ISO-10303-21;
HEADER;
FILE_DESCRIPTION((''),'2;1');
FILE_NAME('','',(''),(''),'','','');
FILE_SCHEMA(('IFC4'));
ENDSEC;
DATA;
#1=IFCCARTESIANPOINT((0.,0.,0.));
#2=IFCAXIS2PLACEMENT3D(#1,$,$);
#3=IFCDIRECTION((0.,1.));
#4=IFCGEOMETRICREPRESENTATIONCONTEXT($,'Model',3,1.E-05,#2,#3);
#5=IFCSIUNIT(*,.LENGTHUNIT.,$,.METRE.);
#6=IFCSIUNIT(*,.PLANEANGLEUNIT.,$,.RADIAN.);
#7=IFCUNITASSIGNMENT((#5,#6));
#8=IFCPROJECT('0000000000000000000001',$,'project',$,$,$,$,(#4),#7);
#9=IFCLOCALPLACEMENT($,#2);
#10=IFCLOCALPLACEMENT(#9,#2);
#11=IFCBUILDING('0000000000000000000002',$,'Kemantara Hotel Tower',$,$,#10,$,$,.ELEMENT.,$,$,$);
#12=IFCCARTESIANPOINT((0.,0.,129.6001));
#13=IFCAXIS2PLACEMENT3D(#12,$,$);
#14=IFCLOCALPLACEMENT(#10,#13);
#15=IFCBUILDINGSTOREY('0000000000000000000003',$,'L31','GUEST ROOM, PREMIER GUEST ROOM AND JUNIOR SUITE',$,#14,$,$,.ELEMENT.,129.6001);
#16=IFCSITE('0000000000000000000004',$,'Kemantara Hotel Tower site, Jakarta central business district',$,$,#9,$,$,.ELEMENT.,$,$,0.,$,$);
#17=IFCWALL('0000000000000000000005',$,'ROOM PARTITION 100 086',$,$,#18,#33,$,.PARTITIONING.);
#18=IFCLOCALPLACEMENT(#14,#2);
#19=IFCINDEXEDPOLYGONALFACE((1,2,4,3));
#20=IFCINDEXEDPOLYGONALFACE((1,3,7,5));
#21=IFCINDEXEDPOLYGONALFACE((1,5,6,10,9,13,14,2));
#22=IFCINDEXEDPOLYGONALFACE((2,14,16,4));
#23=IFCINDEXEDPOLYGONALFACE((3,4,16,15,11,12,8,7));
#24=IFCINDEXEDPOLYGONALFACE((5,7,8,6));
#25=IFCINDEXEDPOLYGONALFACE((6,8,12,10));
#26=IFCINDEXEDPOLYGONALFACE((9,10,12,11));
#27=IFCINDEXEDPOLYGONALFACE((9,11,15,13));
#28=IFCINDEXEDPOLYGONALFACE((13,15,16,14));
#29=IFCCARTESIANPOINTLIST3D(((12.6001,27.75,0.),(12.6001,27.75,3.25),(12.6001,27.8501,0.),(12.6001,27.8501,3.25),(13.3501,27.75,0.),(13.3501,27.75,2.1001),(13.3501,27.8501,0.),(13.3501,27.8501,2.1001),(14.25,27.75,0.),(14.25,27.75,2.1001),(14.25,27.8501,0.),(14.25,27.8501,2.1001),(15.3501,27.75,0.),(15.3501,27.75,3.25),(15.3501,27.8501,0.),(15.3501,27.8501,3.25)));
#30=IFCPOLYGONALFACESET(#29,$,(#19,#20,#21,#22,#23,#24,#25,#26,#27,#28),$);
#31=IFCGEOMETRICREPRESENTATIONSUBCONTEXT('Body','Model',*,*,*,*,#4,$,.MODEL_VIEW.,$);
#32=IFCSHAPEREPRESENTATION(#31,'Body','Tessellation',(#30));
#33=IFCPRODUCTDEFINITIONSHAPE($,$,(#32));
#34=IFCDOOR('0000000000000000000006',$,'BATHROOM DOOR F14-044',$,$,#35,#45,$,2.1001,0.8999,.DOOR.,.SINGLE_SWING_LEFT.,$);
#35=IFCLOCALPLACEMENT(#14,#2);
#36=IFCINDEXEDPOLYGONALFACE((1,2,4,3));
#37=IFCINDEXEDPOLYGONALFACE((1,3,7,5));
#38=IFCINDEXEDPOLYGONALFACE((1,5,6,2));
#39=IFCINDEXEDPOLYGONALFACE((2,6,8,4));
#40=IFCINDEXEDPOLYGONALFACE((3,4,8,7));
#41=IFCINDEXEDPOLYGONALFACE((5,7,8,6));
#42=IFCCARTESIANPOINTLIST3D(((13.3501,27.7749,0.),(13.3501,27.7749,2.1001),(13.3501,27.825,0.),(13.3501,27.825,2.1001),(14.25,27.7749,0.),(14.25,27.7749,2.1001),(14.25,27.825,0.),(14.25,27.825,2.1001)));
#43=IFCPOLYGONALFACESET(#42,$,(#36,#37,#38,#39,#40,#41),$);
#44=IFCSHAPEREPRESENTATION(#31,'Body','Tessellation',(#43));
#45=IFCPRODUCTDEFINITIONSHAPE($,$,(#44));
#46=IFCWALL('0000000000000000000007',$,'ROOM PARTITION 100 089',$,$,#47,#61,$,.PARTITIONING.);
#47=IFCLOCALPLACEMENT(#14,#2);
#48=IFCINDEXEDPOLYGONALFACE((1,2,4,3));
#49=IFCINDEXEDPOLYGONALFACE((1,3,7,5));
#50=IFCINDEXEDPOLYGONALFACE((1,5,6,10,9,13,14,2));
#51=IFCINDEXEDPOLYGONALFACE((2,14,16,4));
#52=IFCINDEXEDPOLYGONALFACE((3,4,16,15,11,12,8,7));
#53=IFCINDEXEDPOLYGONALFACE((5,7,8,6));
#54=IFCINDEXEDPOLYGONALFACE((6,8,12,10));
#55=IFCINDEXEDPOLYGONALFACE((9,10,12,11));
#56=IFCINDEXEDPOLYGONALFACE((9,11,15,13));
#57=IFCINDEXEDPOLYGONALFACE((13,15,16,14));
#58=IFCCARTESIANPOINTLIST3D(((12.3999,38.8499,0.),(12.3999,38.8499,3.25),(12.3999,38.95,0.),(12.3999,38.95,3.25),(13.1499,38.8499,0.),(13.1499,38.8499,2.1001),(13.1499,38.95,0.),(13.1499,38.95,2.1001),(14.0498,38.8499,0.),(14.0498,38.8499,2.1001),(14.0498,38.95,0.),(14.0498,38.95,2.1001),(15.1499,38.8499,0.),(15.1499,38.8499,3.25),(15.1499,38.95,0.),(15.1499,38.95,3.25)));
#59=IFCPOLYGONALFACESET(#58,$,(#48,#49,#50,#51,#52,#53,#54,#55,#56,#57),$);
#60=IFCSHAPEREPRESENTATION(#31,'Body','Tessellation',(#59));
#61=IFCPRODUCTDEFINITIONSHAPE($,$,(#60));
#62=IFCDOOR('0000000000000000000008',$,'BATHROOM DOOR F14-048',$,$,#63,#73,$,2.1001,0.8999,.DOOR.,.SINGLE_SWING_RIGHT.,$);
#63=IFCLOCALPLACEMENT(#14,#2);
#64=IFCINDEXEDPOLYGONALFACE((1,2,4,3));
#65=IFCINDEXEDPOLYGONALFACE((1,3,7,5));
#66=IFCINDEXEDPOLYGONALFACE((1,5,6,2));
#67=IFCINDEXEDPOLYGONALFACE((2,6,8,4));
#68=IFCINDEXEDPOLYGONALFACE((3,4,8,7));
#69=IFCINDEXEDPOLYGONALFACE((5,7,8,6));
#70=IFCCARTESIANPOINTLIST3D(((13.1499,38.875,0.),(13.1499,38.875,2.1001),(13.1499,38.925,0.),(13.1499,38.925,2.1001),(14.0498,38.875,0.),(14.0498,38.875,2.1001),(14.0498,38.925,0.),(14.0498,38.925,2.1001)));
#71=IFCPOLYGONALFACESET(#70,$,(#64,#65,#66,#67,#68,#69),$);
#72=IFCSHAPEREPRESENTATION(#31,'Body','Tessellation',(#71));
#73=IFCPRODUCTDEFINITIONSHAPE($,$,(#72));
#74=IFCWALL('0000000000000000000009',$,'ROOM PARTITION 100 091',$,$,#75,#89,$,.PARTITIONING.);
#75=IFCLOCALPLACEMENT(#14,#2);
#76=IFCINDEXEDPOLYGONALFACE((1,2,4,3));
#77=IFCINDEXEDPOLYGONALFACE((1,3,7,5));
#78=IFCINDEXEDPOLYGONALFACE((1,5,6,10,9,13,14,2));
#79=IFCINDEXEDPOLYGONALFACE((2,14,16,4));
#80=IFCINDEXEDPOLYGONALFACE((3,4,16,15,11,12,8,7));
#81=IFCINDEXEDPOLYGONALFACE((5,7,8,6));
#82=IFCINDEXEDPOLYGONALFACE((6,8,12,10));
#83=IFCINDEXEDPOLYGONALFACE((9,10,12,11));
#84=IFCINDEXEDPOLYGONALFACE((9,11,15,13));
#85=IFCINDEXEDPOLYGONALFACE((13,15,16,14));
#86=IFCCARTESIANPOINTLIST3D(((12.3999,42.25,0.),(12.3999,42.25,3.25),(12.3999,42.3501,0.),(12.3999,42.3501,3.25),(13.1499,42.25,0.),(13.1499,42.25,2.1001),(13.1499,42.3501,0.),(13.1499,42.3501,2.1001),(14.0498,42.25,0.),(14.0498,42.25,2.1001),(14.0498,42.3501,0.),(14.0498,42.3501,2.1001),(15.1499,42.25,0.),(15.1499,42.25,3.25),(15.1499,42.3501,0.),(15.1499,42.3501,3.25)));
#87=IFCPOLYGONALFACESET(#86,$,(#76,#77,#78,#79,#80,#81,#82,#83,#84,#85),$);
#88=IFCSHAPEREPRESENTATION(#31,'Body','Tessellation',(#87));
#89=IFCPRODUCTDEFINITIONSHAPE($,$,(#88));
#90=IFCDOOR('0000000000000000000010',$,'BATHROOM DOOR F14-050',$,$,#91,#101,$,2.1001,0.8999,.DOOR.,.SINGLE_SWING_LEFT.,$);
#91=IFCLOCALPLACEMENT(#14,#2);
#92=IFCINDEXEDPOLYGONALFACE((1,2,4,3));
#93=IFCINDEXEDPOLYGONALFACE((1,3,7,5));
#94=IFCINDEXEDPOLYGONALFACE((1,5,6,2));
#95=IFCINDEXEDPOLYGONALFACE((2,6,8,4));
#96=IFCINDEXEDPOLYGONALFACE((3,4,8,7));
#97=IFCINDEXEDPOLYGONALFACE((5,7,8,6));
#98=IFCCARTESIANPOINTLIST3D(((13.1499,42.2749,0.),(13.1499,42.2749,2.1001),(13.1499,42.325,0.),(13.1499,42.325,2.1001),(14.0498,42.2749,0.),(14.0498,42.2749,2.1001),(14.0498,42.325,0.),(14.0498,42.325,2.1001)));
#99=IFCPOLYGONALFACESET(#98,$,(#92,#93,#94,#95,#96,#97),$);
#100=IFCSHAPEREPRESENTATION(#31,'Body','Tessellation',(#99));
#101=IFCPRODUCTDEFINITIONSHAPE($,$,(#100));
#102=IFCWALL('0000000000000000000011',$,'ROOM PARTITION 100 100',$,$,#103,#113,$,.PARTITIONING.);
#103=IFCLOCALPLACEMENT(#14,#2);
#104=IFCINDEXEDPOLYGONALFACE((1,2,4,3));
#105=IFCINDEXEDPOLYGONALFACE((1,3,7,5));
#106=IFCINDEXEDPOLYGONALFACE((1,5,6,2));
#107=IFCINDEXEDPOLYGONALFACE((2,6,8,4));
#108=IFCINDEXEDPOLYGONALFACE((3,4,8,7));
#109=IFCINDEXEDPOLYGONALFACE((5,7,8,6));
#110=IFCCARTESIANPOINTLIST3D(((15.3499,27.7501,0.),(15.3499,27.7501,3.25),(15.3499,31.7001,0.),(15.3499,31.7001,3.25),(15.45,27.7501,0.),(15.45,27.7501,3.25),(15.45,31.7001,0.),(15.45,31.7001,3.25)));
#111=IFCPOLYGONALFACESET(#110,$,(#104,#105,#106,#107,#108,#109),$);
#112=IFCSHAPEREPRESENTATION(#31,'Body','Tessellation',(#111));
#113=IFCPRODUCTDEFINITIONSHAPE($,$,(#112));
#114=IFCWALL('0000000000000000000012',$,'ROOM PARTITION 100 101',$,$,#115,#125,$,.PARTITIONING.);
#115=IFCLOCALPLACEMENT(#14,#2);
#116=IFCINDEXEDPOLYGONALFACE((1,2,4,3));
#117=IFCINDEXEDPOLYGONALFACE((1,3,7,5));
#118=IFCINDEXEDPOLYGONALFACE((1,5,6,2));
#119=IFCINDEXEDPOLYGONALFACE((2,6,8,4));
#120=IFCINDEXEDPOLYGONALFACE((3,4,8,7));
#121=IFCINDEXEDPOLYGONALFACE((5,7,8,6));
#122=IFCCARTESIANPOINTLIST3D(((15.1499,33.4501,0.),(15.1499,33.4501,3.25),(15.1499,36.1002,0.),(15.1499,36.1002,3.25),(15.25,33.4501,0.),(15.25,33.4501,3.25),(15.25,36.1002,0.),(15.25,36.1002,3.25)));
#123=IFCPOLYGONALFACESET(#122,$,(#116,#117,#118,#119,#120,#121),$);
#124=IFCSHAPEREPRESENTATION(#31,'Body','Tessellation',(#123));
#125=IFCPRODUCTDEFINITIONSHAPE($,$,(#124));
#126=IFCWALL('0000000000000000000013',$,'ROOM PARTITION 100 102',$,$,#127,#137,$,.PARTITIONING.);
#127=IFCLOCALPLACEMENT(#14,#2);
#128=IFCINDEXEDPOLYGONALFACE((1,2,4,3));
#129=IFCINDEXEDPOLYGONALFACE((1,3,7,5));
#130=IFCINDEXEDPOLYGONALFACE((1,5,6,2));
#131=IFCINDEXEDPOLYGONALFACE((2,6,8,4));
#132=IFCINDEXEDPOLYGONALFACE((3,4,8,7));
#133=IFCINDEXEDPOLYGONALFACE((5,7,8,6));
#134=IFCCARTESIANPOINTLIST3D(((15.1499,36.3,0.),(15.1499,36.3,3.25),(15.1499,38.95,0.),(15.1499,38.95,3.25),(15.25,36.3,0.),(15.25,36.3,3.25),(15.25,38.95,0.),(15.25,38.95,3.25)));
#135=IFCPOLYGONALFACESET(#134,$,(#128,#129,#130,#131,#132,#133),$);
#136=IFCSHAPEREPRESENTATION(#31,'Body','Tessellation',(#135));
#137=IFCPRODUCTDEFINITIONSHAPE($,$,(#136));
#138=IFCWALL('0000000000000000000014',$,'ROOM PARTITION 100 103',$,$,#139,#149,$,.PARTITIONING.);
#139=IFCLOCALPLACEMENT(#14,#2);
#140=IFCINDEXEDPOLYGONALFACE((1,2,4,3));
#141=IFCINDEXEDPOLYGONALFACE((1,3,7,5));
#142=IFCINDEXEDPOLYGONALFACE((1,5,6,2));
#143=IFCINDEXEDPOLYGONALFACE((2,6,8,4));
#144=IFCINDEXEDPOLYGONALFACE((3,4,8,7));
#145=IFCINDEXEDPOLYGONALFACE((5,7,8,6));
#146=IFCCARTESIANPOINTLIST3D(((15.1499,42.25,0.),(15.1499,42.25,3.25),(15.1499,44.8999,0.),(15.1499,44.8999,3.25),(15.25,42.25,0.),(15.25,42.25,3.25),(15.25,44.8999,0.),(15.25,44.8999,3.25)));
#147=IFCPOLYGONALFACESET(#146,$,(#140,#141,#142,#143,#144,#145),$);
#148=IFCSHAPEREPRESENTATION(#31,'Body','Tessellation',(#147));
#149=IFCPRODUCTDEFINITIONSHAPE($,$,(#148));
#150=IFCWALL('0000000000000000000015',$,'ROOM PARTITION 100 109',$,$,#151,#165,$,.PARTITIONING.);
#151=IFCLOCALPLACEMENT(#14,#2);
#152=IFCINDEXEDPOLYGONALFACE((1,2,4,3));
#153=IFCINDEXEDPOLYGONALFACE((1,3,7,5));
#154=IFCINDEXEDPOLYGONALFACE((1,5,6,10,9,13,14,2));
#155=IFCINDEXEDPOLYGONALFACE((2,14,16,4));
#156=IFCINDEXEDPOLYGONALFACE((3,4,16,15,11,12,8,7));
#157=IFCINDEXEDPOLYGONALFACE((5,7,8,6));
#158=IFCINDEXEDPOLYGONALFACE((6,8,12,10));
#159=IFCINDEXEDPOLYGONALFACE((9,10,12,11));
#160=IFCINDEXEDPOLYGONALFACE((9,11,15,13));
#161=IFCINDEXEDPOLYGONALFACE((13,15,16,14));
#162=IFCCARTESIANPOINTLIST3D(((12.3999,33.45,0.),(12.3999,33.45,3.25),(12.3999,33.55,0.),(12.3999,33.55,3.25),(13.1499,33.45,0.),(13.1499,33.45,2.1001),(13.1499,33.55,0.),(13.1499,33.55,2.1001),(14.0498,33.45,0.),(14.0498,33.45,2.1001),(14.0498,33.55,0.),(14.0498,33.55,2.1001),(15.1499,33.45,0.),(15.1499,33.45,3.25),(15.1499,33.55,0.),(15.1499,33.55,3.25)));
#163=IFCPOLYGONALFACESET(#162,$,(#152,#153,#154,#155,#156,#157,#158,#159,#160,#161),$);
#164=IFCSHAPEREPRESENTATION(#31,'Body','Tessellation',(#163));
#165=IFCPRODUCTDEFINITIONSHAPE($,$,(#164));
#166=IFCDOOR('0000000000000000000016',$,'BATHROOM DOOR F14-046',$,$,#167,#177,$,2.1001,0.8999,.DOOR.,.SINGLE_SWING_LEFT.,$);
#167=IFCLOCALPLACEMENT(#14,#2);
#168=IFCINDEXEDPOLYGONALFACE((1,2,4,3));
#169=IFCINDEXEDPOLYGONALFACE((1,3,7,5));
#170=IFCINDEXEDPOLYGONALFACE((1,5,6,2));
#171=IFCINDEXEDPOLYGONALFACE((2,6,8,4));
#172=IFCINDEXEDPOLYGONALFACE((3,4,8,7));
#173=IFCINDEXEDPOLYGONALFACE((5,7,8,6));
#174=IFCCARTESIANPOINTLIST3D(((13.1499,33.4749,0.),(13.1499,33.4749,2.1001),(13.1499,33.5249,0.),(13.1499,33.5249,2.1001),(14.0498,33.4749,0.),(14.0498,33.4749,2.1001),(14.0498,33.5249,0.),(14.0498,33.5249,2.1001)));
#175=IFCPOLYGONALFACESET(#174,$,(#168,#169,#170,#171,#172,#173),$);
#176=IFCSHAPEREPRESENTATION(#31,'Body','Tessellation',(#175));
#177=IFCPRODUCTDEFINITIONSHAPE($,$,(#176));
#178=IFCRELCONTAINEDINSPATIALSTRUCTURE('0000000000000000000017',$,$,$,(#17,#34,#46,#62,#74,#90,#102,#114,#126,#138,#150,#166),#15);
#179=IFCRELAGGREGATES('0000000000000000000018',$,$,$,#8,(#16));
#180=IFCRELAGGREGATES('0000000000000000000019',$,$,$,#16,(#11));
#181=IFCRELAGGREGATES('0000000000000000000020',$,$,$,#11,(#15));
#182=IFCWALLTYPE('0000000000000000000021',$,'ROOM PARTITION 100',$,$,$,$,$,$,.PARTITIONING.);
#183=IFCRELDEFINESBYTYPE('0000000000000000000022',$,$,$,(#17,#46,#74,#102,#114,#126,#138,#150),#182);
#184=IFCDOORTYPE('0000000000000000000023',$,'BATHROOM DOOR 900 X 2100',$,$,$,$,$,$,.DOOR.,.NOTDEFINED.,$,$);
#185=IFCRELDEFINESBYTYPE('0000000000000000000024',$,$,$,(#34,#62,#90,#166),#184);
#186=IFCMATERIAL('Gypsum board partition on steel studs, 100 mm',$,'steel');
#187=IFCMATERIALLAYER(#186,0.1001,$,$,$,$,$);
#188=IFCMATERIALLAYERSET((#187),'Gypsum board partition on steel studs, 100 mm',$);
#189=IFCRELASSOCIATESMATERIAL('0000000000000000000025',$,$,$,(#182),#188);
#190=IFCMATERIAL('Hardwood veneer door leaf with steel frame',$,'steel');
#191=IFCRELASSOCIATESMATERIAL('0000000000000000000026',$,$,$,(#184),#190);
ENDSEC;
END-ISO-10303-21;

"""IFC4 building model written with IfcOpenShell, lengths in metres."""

from ifc_helpers import new_model, si_unit, direction, frame, frame_2d, origin, place, context, subcontext, project, spatial, rectangle, extrude, material, layer, layer_set, type_object, element, fill, save


model = new_model("IFC4")

# Units and contexts
model_context = context("Model", 3, precision=1e-05, world=origin(), true_north=direction((0.0, 1.0)))
body_context = subcontext(model_context, "Body", "Model", "MODEL_VIEW")
ifc_project = project(units=[si_unit("LENGTHUNIT", "METRE"), si_unit("PLANEANGLEUNIT", "RADIAN")], contexts=[model_context])

# Site, building, storey
site_placement = place(None, origin())
site = spatial("IfcSite", under=ifc_project, at=site_placement, Name="Kemantara Hotel Tower site, Jakarta central business district", CompositionType="ELEMENT", RefElevation=0.0)
building_placement = place(site_placement, origin())
building = spatial("IfcBuilding", under=site, at=building_placement, Name="Kemantara Hotel Tower", CompositionType="ELEMENT")
storey_placement = place(building_placement, frame((0.0, 0.0, 129.6001)))
storey = spatial("IfcBuildingStorey", under=building, at=storey_placement, Name="L31", Description="GUEST ROOM, PREMIER GUEST ROOM AND JUNIOR SUITE", CompositionType="ELEMENT", Elevation=129.6001)

# Walls, openings, doors
ifc_material_1 = material(Name="Gypsum board partition on steel studs, 100 mm", Category="steel")
ifc_layer_1 = layer(ifc_material_1, 0.1001)
ifc_layer_set_1 = layer_set([ifc_layer_1], Name="Gypsum board partition on steel studs, 100 mm")
wall_type_1 = type_object("IfcWallType", Name="ROOM PARTITION 100", PredefinedType="PARTITIONING", material=ifc_layer_set_1)
wall_1_placement = place(storey_placement, frame((12.6001, 27.8, 0.0), z_axis=(0.0, 0.0, 1.0), x_axis=(1.0, 0.0, 0.0)))
wall_1 = element("IfcWall", 1, at=wall_1_placement, inside=storey, type_object=wall_type_1, Name="ROOM PARTITION 100 086", PredefinedType="PARTITIONING", context=body_context, shape_type="SweptSolid", body=[
    extrude(rectangle(XDim=2.75, YDim=0.1001, at=frame_2d((1.375, 0.0))), origin(), (0.0, 0.0, 1.0), 3.25),
])
opening_1_placement = place(wall_1_placement, frame((0.75, 0.0, 0.0)))
opening_1 = element("IfcOpeningElement", 2, at=opening_1_placement, cuts=wall_1, PredefinedType="OPENING", context=body_context, shape_type="SweptSolid", body=[
    extrude(rectangle(XDim=0.8999, YDim=2.1001, at=frame_2d((0.45, 1.05))), frame((0.0, 0.0601, 0.0), z_axis=(0.0, -1.0, 0.0), x_axis=(1.0, 0.0, 0.0)), (0.0, 0.0, 1.0), 0.1201),
])
ifc_material_2 = material(Name="Hardwood veneer door leaf with steel frame", Category="steel")
door_type = type_object("IfcDoorType", Name="BATHROOM DOOR 900 X 2100", OperationType="NOTDEFINED", PredefinedType="DOOR", material=ifc_material_2)
door_1_placement = place(opening_1_placement, origin())
door_1 = element("IfcDoor", 3, at=door_1_placement, inside=storey, type_object=door_type, Name="BATHROOM DOOR F14-044", OperationType="SINGLE_SWING_LEFT", OverallHeight=2.1001, OverallWidth=0.8999, PredefinedType="DOOR", context=body_context, shape_type="SweptSolid", body=[
    extrude(rectangle(XDim=0.8999, YDim=2.1001, at=frame_2d((0.45, 1.05))), frame((0.0, 0.0249, 0.0), z_axis=(0.0, -1.0, 0.0), x_axis=(1.0, 0.0, 0.0)), (0.0, 0.0, 1.0), 0.05),
])
fill(opening_1, door_1)
wall_2_placement = place(storey_placement, frame((15.1499, 38.8999, 0.0), z_axis=(0.0, 0.0, 1.0), x_axis=(-1.0, 0.0, 0.0)))
wall_2 = element("IfcWall", 4, at=wall_2_placement, inside=storey, type_object=wall_type_1, Name="ROOM PARTITION 100 089", PredefinedType="PARTITIONING", context=body_context, shape_type="SweptSolid", body=[
    extrude(rectangle(XDim=2.75, YDim=0.1001, at=frame_2d((1.375, 0.0))), origin(), (0.0, 0.0, 1.0), 3.25),
])
opening_2_placement = place(wall_2_placement, frame((1.1001, 0.0, 0.0)))
opening_2 = element("IfcOpeningElement", 5, at=opening_2_placement, cuts=wall_2, PredefinedType="OPENING", context=body_context, shape_type="SweptSolid", body=[
    extrude(rectangle(XDim=0.8999, YDim=2.1001, at=frame_2d((0.45, 1.05))), frame((0.0, 0.0601, 0.0), z_axis=(0.0, -1.0, 0.0), x_axis=(1.0, 0.0, 0.0)), (0.0, 0.0, 1.0), 0.1201),
])
door_2_placement = place(opening_2_placement, origin())
door_2 = element("IfcDoor", 6, at=door_2_placement, inside=storey, type_object=door_type, Name="BATHROOM DOOR F14-048", OperationType="SINGLE_SWING_RIGHT", OverallHeight=2.1001, OverallWidth=0.8999, PredefinedType="DOOR", context=body_context, shape_type="SweptSolid", body=[
    extrude(rectangle(XDim=0.8999, YDim=2.1001, at=frame_2d((0.45, 1.05))), frame((0.0, 0.0249, 0.0), z_axis=(0.0, -1.0, 0.0), x_axis=(1.0, 0.0, 0.0)), (0.0, 0.0, 1.0), 0.05),
])
fill(opening_2, door_2)
wall_3_placement = place(storey_placement, frame((12.3999, 42.3, 0.0), z_axis=(0.0, 0.0, 1.0), x_axis=(1.0, 0.0, 0.0)))
wall_3 = element("IfcWall", 7, at=wall_3_placement, inside=storey, type_object=wall_type_1, Name="ROOM PARTITION 100 091", PredefinedType="PARTITIONING", context=body_context, shape_type="SweptSolid", body=[
    extrude(rectangle(XDim=2.75, YDim=0.1001, at=frame_2d((1.375, 0.0))), origin(), (0.0, 0.0, 1.0), 3.25),
])
opening_3_placement = place(wall_3_placement, frame((0.75, 0.0, 0.0)))
opening_3 = element("IfcOpeningElement", 8, at=opening_3_placement, cuts=wall_3, PredefinedType="OPENING", context=body_context, shape_type="SweptSolid", body=[
    extrude(rectangle(XDim=0.8999, YDim=2.1001, at=frame_2d((0.45, 1.05))), frame((0.0, 0.0601, 0.0), z_axis=(0.0, -1.0, 0.0), x_axis=(1.0, 0.0, 0.0)), (0.0, 0.0, 1.0), 0.1201),
])
door_3_placement = place(opening_3_placement, origin())
door_3 = element("IfcDoor", 9, at=door_3_placement, inside=storey, type_object=door_type, Name="BATHROOM DOOR F14-050", OperationType="SINGLE_SWING_LEFT", OverallHeight=2.1001, OverallWidth=0.8999, PredefinedType="DOOR", context=body_context, shape_type="SweptSolid", body=[
    extrude(rectangle(XDim=0.8999, YDim=2.1001, at=frame_2d((0.45, 1.05))), frame((0.0, 0.0249, 0.0), z_axis=(0.0, -1.0, 0.0), x_axis=(1.0, 0.0, 0.0)), (0.0, 0.0, 1.0), 0.05),
])
fill(opening_3, door_3)

# Walls
wall_4_placement = place(storey_placement, frame((15.3999, 27.75, 0.0), z_axis=(0.0, 0.0, 1.0), x_axis=(0.0, 1.0, 0.0)))
element("IfcWall", 10, at=wall_4_placement, inside=storey, type_object=wall_type_1, Name="ROOM PARTITION 100 100", PredefinedType="PARTITIONING", context=body_context, shape_type="SweptSolid", body=[
    extrude(rectangle(XDim=3.95, YDim=0.1001, at=frame_2d((1.9751, 0.0))), origin(), (0.0, 0.0, 1.0), 3.25),
])
wall_5_placement = place(storey_placement, frame((15.2, 33.45, 0.0), z_axis=(0.0, 0.0, 1.0), x_axis=(0.0, 1.0, 0.0)))
element("IfcWall", 11, at=wall_5_placement, inside=storey, type_object=wall_type_1, Name="ROOM PARTITION 100 101", PredefinedType="PARTITIONING", context=body_context, shape_type="SweptSolid", body=[
    extrude(rectangle(XDim=2.6501, YDim=0.1001, at=frame_2d((1.3252, 0.0))), origin(), (0.0, 0.0, 1.0), 3.25),
])
for number, where, z_axis, x_axis, name in (
    (12, (15.2, 36.3, 0.0), (0.0, 0.0, 1.0), (0.0, 1.0, 0.0), "ROOM PARTITION 100 102"),
    (13, (15.2, 42.25, 0.0), (0.0, 0.0, 1.0), (0.0, 1.0, 0.0), "ROOM PARTITION 100 103"),
):
    element("IfcWall", number, at=place(storey_placement, frame(where, z_axis=z_axis, x_axis=x_axis)), inside=storey, type_object=wall_type_1, Name=name, PredefinedType="PARTITIONING", context=body_context, shape_type="SweptSolid", body=[
        extrude(rectangle(XDim=2.6499, YDim=0.1001, at=frame_2d((1.325, 0.0))), origin(), (0.0, 0.0, 1.0), 3.25),
    ])

# Wall, opening, door
wall_6_placement = place(storey_placement, frame((12.3999, 33.5, 0.0), z_axis=(0.0, 0.0, 1.0), x_axis=(1.0, 0.0, 0.0)))
wall_6 = element("IfcWall", 14, at=wall_6_placement, inside=storey, type_object=wall_type_1, Name="ROOM PARTITION 100 109", PredefinedType="PARTITIONING", context=body_context, shape_type="SweptSolid", body=[
    extrude(rectangle(XDim=2.75, YDim=0.1001, at=frame_2d((1.375, 0.0))), origin(), (0.0, 0.0, 1.0), 3.25),
])
opening_4_placement = place(wall_6_placement, frame((0.75, 0.0, 0.0)))
opening_4 = element("IfcOpeningElement", 15, at=opening_4_placement, cuts=wall_6, PredefinedType="OPENING", context=body_context, shape_type="SweptSolid", body=[
    extrude(rectangle(XDim=0.8999, YDim=2.1001, at=frame_2d((0.45, 1.05))), frame((0.0, 0.0601, 0.0), z_axis=(0.0, -1.0, 0.0), x_axis=(1.0, 0.0, 0.0)), (0.0, 0.0, 1.0), 0.1201),
])
door_4_placement = place(opening_4_placement, origin())
door_4 = element("IfcDoor", 16, at=door_4_placement, inside=storey, type_object=door_type, Name="BATHROOM DOOR F14-046", OperationType="SINGLE_SWING_LEFT", OverallHeight=2.1001, OverallWidth=0.8999, PredefinedType="DOOR", context=body_context, shape_type="SweptSolid", body=[
    extrude(rectangle(XDim=0.8999, YDim=2.1001, at=frame_2d((0.45, 1.05))), frame((0.0, 0.0249, 0.0), z_axis=(0.0, -1.0, 0.0), x_axis=(1.0, 0.0, 0.0)), (0.0, 0.0, 1.0), 0.05),
])
fill(opening_4, door_4)

save(model, "model.ifc")
